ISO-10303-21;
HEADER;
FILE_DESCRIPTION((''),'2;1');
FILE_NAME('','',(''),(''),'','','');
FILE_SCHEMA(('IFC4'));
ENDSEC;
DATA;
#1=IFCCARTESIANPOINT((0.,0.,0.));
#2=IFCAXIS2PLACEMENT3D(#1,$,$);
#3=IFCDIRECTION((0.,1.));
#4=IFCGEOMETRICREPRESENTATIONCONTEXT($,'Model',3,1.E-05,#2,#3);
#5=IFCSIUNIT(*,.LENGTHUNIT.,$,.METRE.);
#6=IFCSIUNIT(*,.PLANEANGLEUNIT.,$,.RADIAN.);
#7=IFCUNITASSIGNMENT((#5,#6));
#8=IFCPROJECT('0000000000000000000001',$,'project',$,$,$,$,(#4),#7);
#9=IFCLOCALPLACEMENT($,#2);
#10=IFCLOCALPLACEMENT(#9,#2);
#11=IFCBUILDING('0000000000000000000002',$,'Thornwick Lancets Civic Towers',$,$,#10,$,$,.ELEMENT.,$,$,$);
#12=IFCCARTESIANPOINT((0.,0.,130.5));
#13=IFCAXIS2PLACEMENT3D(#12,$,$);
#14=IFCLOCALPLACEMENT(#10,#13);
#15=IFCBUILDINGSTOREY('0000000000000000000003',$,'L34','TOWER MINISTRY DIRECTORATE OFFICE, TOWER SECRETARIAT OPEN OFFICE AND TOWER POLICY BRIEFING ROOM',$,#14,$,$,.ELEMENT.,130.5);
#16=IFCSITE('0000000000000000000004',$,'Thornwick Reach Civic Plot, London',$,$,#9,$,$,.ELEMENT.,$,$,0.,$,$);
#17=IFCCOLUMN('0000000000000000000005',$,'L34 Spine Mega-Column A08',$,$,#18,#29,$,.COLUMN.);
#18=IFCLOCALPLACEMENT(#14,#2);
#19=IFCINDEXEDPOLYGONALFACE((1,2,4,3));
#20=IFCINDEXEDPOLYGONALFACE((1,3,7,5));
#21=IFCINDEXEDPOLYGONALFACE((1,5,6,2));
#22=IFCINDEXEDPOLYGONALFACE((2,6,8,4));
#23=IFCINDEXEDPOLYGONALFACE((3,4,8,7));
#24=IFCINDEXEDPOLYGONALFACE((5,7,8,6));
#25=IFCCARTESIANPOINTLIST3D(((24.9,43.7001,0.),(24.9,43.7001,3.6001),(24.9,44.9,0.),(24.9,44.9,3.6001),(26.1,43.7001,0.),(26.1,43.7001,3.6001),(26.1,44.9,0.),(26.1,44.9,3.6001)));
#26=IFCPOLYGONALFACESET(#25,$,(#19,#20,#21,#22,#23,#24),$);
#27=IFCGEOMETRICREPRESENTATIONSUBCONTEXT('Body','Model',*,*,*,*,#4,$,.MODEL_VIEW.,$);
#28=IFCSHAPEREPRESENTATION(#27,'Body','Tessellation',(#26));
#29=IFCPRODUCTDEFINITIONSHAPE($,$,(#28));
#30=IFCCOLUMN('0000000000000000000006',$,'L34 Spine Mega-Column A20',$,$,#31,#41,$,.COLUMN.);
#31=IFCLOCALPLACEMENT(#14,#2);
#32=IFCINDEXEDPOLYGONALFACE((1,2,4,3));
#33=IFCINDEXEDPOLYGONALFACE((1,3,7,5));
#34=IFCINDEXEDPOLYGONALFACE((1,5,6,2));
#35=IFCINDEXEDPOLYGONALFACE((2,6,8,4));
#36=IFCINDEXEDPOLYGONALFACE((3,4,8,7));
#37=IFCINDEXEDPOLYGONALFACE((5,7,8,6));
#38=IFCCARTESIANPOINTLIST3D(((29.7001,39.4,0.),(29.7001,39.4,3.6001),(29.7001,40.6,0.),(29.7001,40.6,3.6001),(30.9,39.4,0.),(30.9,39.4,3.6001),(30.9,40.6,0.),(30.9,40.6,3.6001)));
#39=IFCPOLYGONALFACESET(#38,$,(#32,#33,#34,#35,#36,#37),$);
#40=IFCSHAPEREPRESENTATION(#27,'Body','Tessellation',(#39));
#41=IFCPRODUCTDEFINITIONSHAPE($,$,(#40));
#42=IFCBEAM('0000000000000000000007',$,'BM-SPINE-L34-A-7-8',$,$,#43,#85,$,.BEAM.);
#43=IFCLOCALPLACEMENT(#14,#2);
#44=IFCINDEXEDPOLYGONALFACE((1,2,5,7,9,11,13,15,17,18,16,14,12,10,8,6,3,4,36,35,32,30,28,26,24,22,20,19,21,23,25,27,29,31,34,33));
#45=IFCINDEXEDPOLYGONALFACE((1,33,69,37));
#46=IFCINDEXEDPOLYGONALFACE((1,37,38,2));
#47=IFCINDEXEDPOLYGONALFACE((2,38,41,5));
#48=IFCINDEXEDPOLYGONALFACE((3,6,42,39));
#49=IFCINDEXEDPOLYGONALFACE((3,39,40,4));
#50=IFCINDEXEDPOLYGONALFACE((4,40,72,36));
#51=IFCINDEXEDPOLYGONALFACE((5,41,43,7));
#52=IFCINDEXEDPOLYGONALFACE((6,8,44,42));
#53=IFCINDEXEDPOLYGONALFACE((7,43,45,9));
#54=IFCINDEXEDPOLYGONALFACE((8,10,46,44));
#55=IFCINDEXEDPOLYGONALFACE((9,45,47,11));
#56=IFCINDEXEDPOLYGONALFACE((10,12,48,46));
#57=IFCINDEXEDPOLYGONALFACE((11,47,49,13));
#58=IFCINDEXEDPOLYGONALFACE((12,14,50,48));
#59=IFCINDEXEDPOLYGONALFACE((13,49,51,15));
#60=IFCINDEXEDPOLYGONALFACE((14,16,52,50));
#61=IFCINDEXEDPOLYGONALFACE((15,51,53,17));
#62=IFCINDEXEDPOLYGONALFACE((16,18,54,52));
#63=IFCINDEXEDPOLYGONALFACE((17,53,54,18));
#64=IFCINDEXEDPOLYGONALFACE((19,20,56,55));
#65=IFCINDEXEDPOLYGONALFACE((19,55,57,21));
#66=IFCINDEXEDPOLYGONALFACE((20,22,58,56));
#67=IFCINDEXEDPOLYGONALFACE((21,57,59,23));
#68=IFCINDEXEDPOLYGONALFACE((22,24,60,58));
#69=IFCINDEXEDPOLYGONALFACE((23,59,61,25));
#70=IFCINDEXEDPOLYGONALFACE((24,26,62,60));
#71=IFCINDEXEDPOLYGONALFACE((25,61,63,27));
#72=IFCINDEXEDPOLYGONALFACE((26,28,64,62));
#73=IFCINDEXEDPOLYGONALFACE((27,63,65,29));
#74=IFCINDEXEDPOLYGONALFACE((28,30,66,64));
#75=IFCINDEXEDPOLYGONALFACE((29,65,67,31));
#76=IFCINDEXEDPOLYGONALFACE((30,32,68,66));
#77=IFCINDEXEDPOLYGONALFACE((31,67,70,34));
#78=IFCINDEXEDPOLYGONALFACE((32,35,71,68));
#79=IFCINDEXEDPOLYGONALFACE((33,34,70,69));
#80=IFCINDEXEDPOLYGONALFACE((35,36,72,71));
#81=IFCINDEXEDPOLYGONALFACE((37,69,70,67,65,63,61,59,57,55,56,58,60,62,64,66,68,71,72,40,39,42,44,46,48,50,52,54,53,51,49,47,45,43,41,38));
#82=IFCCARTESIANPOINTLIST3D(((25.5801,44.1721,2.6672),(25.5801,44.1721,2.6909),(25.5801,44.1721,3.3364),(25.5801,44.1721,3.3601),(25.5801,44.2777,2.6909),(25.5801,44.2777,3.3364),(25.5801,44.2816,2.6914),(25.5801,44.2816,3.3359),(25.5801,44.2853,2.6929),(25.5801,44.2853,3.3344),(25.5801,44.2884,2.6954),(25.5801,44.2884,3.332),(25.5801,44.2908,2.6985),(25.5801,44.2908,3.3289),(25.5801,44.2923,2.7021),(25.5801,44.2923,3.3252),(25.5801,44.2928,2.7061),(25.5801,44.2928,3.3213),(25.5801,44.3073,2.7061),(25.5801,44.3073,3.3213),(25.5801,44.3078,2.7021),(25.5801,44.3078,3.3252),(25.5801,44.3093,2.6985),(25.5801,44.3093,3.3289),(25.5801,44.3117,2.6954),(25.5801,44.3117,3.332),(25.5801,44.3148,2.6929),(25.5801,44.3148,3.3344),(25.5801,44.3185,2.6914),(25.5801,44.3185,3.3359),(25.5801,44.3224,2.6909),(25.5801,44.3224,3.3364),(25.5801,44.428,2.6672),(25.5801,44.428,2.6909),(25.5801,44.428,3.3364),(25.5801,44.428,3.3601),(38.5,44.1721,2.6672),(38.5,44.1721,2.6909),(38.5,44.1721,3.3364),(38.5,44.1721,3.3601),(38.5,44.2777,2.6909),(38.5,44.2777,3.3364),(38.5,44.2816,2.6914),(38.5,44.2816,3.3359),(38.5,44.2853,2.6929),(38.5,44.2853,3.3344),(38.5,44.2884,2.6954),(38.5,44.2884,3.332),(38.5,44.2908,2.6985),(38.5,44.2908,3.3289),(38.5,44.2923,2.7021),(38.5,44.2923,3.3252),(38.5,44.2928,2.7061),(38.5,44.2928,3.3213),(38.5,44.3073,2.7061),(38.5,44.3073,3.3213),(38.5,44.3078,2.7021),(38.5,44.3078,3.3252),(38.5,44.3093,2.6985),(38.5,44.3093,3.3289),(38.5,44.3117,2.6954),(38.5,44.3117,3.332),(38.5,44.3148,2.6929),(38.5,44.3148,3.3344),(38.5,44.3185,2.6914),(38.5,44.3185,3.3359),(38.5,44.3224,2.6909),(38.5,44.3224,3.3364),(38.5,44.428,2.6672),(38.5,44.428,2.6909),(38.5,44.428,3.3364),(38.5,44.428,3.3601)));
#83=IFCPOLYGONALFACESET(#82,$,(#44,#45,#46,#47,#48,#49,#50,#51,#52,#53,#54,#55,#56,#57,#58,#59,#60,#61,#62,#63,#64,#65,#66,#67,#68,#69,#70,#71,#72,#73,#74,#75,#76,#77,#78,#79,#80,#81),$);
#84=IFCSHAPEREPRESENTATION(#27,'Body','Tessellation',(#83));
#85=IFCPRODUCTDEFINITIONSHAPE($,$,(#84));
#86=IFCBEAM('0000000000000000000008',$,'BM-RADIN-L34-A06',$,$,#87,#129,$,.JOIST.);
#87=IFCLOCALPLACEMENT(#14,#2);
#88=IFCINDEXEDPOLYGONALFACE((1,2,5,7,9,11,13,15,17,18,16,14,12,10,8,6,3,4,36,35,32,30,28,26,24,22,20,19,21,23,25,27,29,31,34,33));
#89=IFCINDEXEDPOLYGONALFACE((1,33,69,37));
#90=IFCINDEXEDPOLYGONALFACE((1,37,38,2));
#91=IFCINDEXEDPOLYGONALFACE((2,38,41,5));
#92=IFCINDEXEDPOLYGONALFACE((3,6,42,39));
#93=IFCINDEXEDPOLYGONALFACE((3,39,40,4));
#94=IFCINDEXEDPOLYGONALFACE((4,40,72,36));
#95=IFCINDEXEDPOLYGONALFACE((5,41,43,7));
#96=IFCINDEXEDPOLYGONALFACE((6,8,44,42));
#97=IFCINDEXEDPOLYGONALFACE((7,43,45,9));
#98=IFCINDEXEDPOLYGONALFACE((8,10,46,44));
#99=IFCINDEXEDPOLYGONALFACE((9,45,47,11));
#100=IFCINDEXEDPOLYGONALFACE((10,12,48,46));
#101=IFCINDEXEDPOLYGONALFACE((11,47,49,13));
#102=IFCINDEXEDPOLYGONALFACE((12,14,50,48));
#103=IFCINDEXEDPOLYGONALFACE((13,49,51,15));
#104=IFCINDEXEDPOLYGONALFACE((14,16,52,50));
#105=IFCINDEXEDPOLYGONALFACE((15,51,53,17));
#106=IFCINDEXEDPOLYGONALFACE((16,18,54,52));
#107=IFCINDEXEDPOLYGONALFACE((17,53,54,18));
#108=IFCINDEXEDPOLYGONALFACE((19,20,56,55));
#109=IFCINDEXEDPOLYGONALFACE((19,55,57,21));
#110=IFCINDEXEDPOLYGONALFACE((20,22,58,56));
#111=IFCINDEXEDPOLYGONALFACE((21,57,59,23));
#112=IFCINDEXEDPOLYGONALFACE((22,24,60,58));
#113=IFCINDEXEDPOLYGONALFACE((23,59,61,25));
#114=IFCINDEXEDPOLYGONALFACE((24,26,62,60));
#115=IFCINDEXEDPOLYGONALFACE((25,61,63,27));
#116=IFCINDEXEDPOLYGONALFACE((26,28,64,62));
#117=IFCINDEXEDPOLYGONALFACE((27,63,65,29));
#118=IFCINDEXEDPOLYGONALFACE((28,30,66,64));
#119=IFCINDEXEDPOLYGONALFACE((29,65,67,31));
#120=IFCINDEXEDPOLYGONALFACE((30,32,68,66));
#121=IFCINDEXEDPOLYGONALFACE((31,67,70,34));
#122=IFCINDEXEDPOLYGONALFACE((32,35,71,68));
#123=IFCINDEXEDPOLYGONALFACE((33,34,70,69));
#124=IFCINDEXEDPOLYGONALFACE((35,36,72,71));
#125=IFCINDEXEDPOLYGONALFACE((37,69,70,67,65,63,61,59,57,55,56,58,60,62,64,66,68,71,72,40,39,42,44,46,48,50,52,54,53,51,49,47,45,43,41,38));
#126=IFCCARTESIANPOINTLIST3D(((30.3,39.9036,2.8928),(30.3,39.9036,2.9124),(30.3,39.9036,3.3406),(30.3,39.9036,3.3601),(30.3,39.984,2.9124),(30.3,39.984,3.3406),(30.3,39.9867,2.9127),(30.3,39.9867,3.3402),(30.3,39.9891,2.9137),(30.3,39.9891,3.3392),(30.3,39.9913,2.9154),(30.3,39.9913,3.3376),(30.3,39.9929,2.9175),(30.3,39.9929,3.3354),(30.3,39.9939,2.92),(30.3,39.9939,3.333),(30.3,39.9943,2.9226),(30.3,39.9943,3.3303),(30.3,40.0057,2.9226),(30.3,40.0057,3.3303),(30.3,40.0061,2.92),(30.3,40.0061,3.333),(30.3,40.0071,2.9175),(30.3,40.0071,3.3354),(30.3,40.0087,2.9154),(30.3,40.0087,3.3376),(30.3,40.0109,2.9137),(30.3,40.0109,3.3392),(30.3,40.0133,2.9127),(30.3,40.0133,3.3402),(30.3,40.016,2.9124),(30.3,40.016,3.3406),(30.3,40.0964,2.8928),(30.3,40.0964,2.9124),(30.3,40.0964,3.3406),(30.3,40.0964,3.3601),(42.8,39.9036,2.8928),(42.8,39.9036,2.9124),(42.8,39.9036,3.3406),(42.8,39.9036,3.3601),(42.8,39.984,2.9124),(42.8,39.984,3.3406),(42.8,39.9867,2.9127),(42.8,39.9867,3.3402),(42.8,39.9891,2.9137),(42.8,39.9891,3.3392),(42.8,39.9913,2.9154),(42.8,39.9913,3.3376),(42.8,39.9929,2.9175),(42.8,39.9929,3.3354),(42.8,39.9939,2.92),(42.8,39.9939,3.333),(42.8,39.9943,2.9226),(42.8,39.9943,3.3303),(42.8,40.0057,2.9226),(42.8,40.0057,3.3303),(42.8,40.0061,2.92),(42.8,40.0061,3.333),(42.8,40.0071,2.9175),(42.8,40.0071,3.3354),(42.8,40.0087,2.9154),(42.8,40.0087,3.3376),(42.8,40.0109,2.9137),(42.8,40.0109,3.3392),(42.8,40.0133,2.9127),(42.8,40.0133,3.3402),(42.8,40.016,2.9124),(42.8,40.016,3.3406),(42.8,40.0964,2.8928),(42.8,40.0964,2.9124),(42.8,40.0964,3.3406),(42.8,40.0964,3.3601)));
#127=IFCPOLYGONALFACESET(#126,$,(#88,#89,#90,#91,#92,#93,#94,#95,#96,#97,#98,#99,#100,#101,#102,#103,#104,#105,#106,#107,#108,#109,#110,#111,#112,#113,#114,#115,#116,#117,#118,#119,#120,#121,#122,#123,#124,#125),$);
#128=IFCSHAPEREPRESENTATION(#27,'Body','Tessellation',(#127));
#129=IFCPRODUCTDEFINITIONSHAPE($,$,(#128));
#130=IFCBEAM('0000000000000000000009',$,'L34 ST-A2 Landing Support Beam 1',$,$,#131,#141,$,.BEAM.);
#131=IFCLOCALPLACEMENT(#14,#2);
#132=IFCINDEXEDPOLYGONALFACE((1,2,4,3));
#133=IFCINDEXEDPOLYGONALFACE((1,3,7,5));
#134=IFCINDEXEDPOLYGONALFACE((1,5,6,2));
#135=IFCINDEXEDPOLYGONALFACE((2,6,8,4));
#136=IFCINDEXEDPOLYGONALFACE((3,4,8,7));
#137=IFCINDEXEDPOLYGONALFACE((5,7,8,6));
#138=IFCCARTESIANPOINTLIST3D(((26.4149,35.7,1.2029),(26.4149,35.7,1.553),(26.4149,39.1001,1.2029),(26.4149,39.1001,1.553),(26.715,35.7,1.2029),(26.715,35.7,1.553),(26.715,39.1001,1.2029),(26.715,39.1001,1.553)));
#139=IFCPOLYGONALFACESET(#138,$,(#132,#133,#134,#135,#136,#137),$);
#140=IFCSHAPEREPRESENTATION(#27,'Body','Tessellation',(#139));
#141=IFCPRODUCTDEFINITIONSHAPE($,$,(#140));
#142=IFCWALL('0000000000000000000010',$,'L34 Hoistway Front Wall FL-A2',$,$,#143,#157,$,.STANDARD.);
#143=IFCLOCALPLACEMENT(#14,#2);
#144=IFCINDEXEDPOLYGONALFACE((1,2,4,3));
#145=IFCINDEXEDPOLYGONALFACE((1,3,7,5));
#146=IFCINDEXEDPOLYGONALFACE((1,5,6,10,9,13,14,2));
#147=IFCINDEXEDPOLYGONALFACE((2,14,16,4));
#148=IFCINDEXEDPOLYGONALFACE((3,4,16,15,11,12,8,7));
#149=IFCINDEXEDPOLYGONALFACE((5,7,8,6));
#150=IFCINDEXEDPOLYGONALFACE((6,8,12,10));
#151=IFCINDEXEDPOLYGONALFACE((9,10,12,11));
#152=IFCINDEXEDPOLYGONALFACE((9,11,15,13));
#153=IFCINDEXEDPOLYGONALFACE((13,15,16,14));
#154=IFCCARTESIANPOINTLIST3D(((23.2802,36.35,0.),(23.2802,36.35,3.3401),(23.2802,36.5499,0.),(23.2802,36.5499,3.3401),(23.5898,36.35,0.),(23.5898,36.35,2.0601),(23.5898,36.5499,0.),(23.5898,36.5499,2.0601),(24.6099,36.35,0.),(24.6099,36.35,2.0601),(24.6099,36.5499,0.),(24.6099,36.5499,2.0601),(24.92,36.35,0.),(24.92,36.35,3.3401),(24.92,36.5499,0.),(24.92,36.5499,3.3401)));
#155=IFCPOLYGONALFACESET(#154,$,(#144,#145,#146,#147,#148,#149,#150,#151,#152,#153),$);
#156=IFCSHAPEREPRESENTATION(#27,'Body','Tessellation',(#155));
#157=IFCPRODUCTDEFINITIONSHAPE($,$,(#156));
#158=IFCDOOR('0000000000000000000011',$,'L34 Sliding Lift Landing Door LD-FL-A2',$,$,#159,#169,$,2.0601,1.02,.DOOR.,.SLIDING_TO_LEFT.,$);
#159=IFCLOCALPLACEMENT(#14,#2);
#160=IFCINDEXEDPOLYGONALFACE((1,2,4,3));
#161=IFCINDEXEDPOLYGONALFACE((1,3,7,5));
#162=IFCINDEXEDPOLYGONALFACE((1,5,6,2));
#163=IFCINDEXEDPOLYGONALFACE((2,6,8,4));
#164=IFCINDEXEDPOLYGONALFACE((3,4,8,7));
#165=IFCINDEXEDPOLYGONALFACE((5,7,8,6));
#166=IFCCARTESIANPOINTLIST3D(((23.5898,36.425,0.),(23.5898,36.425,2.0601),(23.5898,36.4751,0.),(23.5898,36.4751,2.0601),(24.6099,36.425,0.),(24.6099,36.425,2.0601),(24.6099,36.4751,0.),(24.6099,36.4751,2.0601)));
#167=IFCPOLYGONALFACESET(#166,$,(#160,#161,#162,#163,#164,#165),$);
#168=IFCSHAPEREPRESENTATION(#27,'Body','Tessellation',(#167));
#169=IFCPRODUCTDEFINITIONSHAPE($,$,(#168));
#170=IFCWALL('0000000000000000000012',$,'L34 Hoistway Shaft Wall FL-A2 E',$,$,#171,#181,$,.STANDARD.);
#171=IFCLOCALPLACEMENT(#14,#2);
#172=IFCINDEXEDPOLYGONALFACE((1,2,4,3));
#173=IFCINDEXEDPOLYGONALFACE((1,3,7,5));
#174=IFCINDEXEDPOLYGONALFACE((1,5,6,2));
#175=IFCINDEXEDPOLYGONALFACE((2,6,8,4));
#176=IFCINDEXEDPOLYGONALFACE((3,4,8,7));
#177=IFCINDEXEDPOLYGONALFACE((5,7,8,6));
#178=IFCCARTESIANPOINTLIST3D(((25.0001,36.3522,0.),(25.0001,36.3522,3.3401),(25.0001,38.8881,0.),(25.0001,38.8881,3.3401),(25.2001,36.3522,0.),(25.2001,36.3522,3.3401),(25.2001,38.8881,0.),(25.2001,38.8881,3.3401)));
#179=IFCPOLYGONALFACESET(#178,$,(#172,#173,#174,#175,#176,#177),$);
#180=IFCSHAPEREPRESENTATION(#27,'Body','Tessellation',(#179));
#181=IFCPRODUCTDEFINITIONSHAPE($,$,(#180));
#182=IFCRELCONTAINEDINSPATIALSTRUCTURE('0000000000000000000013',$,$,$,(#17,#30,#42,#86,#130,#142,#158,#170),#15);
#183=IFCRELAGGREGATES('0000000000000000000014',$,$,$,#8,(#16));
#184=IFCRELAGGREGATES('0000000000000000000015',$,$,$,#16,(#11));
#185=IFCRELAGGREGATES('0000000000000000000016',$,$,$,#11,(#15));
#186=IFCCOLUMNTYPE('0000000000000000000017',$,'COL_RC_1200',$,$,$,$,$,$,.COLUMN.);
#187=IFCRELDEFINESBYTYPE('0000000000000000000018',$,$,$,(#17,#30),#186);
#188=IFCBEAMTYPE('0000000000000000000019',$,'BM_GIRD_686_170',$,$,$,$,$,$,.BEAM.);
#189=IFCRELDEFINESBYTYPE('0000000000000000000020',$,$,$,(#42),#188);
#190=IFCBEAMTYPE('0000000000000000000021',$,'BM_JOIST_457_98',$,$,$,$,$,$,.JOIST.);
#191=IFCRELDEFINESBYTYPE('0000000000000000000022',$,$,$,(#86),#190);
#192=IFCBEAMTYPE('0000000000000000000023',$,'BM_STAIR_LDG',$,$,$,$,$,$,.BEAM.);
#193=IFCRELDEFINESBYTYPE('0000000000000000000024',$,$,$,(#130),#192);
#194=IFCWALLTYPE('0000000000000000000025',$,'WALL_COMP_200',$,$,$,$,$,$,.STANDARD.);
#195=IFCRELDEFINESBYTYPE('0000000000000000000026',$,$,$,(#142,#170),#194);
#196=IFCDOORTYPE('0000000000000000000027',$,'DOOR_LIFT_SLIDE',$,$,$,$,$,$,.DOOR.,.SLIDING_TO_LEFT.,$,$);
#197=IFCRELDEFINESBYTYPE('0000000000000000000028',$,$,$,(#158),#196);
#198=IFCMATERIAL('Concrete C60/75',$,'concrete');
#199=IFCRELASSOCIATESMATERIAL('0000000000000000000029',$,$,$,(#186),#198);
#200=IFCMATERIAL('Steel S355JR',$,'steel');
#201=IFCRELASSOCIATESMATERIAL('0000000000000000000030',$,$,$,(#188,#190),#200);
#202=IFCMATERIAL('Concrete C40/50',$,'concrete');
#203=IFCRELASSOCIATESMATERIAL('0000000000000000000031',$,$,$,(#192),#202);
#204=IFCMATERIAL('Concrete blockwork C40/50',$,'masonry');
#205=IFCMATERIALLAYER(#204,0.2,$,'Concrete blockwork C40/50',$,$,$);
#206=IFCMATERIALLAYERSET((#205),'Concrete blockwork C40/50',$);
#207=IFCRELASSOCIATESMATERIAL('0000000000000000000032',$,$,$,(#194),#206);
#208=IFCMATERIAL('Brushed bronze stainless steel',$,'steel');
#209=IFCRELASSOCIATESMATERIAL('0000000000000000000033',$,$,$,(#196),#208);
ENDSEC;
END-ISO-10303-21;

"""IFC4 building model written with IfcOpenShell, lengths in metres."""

from ifc_helpers import new_model, si_unit, direction, frame, frame_2d, origin, origin_2d, place, context, subcontext, project, spatial, rectangle, i_section, extrude, material, layer, layer_set, material_profile, profile_set, type_object, element, fill, save


model = new_model("IFC4")

# Units and contexts
model_context = context("Model", 3, precision=1e-05, world=origin(), true_north=direction((0.0, 1.0)))
body_context = subcontext(model_context, "Body", "Model", "MODEL_VIEW")
ifc_project = project(units=[si_unit("LENGTHUNIT", "METRE"), si_unit("PLANEANGLEUNIT", "RADIAN")], contexts=[model_context])

# Site, building, storey
site_placement = place(None, origin())
site = spatial("IfcSite", under=ifc_project, at=site_placement, Name="Thornwick Reach Civic Plot, London", CompositionType="ELEMENT", RefElevation=0.0)
building_placement = place(site_placement, origin())
building = spatial("IfcBuilding", under=site, at=building_placement, Name="Thornwick Lancets Civic Towers", CompositionType="ELEMENT")
storey_placement = place(building_placement, frame((0.0, 0.0, 130.5)))
storey = spatial("IfcBuildingStorey", under=building, at=storey_placement, Name="L34", Description="TOWER MINISTRY DIRECTORATE OFFICE, TOWER SECRETARIAT OPEN OFFICE AND TOWER POLICY BRIEFING ROOM", CompositionType="ELEMENT", Elevation=130.5)

# Columns
ifc_material_1 = material(Name="Concrete C60/75", Category="concrete")
ifc_material_profile_1 = material_profile(ifc_material_1, rectangle(XDim=1.2, YDim=1.2, at=origin_2d()), Name="RC 1200x1200")
ifc_profile_set_1 = profile_set([ifc_material_profile_1], Name="Concrete C60/75")
column_type = type_object("IfcColumnType", Name="COL_RC_1200", PredefinedType="COLUMN", material=ifc_profile_set_1)
for number, where, z_axis, x_axis, name in (
    (1, (25.5, 44.3, 0.0), (0.0, 0.0, 1.0), (1.0, 0.0, 0.0), "L34 Spine Mega-Column A08"),
    (2, (30.3, 40.0, 0.0), (0.0, 0.0, 1.0), (1.0, 0.0, 0.0), "L34 Spine Mega-Column A20"),
):
    element("IfcColumn", number, at=place(storey_placement, frame(where, z_axis=z_axis, x_axis=x_axis)), inside=storey, type_object=column_type, Name=name, PredefinedType="COLUMN", context=body_context, shape_type="SweptSolid", body=[
        extrude(rectangle(XDim=1.2, YDim=1.2, at=origin_2d()), origin(), (0.0, 0.0, 1.0), 3.6001),
    ])

# Beams
ifc_material_2 = material(Name="Steel S355JR", Category="steel")
ifc_material_profile_2 = material_profile(ifc_material_2, i_section(OverallWidth=0.2559, OverallDepth=0.6929, WebThickness=0.0144, FlangeThickness=0.0237, FilletRadius=0.0151, at=origin_2d()), Name="UKB 686x254x170")
ifc_profile_set_2 = profile_set([ifc_material_profile_2], Name="Steel S355JR")
beam_type_1 = type_object("IfcBeamType", Name="BM_GIRD_686_170", PredefinedType="BEAM", material=ifc_profile_set_2)
beam_1_placement = place(storey_placement, frame((25.5801, 44.3, 3.0137), z_axis=(1.0, 0.0, 0.0), x_axis=(0.0, 1.0, 0.0)))
element("IfcBeam", 3, at=beam_1_placement, inside=storey, type_object=beam_type_1, Name="BM-SPINE-L34-A-7-8", PredefinedType="BEAM", context=body_context, shape_type="SweptSolid", body=[
    extrude(i_section(OverallWidth=0.2559, OverallDepth=0.6929, WebThickness=0.0144, FlangeThickness=0.0237, FilletRadius=0.0151, at=origin_2d()), origin(), (0.0, 0.0, 1.0), 12.9199),
])
ifc_material_profile_3 = material_profile(ifc_material_2, i_section(OverallWidth=0.1929, OverallDepth=0.4673, WebThickness=0.0115, FlangeThickness=0.0195, FilletRadius=0.0103, at=origin_2d()), Name="UKB 457x191x98")
ifc_profile_set_3 = profile_set([ifc_material_profile_3], Name="Steel S355JR")
beam_type_2 = type_object("IfcBeamType", Name="BM_JOIST_457_98", PredefinedType="JOIST", material=ifc_profile_set_3)
beam_2_placement = place(storey_placement, frame((30.3, 40.0, 3.1265), z_axis=(1.0, 0.0, 0.0), x_axis=(0.0, 1.0, 0.0)))
element("IfcBeam", 4, at=beam_2_placement, inside=storey, type_object=beam_type_2, Name="BM-RADIN-L34-A06", PredefinedType="JOIST", context=body_context, shape_type="SweptSolid", body=[
    extrude(i_section(OverallWidth=0.1929, OverallDepth=0.4673, WebThickness=0.0115, FlangeThickness=0.0195, FilletRadius=0.0103, at=origin_2d()), origin(), (0.0, 0.0, 1.0), 12.5),
])
ifc_material_3 = material(Name="Concrete C40/50", Category="concrete")
ifc_material_profile_4 = material_profile(ifc_material_3, rectangle(XDim=0.3, YDim=0.3501, at=origin_2d()), Name="RC 300x350")
ifc_profile_set_4 = profile_set([ifc_material_profile_4], Name="Concrete C40/50")
beam_type_3 = type_object("IfcBeamType", Name="BM_STAIR_LDG", PredefinedType="BEAM", material=ifc_profile_set_4)
beam_3_placement = place(storey_placement, frame((26.5649, 39.1001, 1.3779), z_axis=(0.0, -1.0, 0.0), x_axis=(1.0, 0.0, 0.0)))
element("IfcBeam", 5, at=beam_3_placement, inside=storey, type_object=beam_type_3, Name="L34 ST-A2 Landing Support Beam 1", PredefinedType="BEAM", context=body_context, shape_type="SweptSolid", body=[
    extrude(rectangle(XDim=0.3, YDim=0.3501, at=origin_2d()), origin(), (0.0, 0.0, 1.0), 3.4001),
])

# Wall, opening, door
ifc_material_4 = material(Name="Concrete blockwork C40/50", Category="masonry")
ifc_layer_1 = layer(ifc_material_4, 0.2, Name="Concrete blockwork C40/50")
ifc_layer_set_1 = layer_set([ifc_layer_1], Name="Concrete blockwork C40/50")
wall_type_1 = type_object("IfcWallType", Name="WALL_COMP_200", PredefinedType="STANDARD", material=ifc_layer_set_1)
wall_1_placement = place(storey_placement, frame((24.9199, 36.45, 0.0), z_axis=(0.0, 0.0, 1.0), x_axis=(-1.0, 0.0, 0.0)))
wall_1 = element("IfcWall", 6, at=wall_1_placement, inside=storey, type_object=wall_type_1, Name="L34 Hoistway Front Wall FL-A2", PredefinedType="STANDARD", context=body_context, shape_type="SweptSolid", body=[
    extrude(rectangle(XDim=1.6399, YDim=0.2, at=frame_2d((0.8198, 0.0))), origin(), (0.0, 0.0, 1.0), 3.3401),
])
opening_placement = place(wall_1_placement, frame((0.3101, 0.0, 0.0)))
opening = element("IfcOpeningElement", 7, at=opening_placement, cuts=wall_1, PredefinedType="OPENING", context=body_context, shape_type="SweptSolid", body=[
    extrude(rectangle(XDim=1.02, YDim=2.0601, at=frame_2d((0.51, 1.03))), frame((0.0, 0.1099, 0.0), z_axis=(0.0, -1.0, 0.0), x_axis=(1.0, 0.0, 0.0)), (0.0, 0.0, 1.0), 0.22),
])
ifc_material_5 = material(Name="Brushed bronze stainless steel", Category="steel")
door_type = type_object("IfcDoorType", Name="DOOR_LIFT_SLIDE", OperationType="SLIDING_TO_LEFT", PredefinedType="DOOR", material=ifc_material_5)
door_placement = place(opening_placement, origin())
door = element("IfcDoor", 8, at=door_placement, inside=storey, type_object=door_type, Name="L34 Sliding Lift Landing Door LD-FL-A2", OperationType="SLIDING_TO_LEFT", OverallHeight=2.0601, OverallWidth=1.02, PredefinedType="DOOR", context=body_context, shape_type="SweptSolid", body=[
    extrude(rectangle(XDim=1.02, YDim=2.0601, at=frame_2d((0.51, 1.03))), frame((0.0, 0.0249, 0.0), z_axis=(0.0, -1.0, 0.0), x_axis=(1.0, 0.0, 0.0)), (0.0, 0.0, 1.0), 0.05),
])
fill(opening, door)

# Wall
wall_2_placement = place(storey_placement, frame((25.1001, 36.3521, 0.0), z_axis=(0.0, 0.0, 1.0), x_axis=(0.0, 1.0, 0.0)))
element("IfcWall", 9, at=wall_2_placement, inside=storey, type_object=wall_type_1, Name="L34 Hoistway Shaft Wall FL-A2 E", PredefinedType="STANDARD", context=body_context, shape_type="SweptSolid", body=[
    extrude(rectangle(XDim=2.5359, YDim=0.2, at=frame_2d((1.2681, 0.0))), origin(), (0.0, 0.0, 1.0), 3.3401),
])

save(model, "model.ifc")
